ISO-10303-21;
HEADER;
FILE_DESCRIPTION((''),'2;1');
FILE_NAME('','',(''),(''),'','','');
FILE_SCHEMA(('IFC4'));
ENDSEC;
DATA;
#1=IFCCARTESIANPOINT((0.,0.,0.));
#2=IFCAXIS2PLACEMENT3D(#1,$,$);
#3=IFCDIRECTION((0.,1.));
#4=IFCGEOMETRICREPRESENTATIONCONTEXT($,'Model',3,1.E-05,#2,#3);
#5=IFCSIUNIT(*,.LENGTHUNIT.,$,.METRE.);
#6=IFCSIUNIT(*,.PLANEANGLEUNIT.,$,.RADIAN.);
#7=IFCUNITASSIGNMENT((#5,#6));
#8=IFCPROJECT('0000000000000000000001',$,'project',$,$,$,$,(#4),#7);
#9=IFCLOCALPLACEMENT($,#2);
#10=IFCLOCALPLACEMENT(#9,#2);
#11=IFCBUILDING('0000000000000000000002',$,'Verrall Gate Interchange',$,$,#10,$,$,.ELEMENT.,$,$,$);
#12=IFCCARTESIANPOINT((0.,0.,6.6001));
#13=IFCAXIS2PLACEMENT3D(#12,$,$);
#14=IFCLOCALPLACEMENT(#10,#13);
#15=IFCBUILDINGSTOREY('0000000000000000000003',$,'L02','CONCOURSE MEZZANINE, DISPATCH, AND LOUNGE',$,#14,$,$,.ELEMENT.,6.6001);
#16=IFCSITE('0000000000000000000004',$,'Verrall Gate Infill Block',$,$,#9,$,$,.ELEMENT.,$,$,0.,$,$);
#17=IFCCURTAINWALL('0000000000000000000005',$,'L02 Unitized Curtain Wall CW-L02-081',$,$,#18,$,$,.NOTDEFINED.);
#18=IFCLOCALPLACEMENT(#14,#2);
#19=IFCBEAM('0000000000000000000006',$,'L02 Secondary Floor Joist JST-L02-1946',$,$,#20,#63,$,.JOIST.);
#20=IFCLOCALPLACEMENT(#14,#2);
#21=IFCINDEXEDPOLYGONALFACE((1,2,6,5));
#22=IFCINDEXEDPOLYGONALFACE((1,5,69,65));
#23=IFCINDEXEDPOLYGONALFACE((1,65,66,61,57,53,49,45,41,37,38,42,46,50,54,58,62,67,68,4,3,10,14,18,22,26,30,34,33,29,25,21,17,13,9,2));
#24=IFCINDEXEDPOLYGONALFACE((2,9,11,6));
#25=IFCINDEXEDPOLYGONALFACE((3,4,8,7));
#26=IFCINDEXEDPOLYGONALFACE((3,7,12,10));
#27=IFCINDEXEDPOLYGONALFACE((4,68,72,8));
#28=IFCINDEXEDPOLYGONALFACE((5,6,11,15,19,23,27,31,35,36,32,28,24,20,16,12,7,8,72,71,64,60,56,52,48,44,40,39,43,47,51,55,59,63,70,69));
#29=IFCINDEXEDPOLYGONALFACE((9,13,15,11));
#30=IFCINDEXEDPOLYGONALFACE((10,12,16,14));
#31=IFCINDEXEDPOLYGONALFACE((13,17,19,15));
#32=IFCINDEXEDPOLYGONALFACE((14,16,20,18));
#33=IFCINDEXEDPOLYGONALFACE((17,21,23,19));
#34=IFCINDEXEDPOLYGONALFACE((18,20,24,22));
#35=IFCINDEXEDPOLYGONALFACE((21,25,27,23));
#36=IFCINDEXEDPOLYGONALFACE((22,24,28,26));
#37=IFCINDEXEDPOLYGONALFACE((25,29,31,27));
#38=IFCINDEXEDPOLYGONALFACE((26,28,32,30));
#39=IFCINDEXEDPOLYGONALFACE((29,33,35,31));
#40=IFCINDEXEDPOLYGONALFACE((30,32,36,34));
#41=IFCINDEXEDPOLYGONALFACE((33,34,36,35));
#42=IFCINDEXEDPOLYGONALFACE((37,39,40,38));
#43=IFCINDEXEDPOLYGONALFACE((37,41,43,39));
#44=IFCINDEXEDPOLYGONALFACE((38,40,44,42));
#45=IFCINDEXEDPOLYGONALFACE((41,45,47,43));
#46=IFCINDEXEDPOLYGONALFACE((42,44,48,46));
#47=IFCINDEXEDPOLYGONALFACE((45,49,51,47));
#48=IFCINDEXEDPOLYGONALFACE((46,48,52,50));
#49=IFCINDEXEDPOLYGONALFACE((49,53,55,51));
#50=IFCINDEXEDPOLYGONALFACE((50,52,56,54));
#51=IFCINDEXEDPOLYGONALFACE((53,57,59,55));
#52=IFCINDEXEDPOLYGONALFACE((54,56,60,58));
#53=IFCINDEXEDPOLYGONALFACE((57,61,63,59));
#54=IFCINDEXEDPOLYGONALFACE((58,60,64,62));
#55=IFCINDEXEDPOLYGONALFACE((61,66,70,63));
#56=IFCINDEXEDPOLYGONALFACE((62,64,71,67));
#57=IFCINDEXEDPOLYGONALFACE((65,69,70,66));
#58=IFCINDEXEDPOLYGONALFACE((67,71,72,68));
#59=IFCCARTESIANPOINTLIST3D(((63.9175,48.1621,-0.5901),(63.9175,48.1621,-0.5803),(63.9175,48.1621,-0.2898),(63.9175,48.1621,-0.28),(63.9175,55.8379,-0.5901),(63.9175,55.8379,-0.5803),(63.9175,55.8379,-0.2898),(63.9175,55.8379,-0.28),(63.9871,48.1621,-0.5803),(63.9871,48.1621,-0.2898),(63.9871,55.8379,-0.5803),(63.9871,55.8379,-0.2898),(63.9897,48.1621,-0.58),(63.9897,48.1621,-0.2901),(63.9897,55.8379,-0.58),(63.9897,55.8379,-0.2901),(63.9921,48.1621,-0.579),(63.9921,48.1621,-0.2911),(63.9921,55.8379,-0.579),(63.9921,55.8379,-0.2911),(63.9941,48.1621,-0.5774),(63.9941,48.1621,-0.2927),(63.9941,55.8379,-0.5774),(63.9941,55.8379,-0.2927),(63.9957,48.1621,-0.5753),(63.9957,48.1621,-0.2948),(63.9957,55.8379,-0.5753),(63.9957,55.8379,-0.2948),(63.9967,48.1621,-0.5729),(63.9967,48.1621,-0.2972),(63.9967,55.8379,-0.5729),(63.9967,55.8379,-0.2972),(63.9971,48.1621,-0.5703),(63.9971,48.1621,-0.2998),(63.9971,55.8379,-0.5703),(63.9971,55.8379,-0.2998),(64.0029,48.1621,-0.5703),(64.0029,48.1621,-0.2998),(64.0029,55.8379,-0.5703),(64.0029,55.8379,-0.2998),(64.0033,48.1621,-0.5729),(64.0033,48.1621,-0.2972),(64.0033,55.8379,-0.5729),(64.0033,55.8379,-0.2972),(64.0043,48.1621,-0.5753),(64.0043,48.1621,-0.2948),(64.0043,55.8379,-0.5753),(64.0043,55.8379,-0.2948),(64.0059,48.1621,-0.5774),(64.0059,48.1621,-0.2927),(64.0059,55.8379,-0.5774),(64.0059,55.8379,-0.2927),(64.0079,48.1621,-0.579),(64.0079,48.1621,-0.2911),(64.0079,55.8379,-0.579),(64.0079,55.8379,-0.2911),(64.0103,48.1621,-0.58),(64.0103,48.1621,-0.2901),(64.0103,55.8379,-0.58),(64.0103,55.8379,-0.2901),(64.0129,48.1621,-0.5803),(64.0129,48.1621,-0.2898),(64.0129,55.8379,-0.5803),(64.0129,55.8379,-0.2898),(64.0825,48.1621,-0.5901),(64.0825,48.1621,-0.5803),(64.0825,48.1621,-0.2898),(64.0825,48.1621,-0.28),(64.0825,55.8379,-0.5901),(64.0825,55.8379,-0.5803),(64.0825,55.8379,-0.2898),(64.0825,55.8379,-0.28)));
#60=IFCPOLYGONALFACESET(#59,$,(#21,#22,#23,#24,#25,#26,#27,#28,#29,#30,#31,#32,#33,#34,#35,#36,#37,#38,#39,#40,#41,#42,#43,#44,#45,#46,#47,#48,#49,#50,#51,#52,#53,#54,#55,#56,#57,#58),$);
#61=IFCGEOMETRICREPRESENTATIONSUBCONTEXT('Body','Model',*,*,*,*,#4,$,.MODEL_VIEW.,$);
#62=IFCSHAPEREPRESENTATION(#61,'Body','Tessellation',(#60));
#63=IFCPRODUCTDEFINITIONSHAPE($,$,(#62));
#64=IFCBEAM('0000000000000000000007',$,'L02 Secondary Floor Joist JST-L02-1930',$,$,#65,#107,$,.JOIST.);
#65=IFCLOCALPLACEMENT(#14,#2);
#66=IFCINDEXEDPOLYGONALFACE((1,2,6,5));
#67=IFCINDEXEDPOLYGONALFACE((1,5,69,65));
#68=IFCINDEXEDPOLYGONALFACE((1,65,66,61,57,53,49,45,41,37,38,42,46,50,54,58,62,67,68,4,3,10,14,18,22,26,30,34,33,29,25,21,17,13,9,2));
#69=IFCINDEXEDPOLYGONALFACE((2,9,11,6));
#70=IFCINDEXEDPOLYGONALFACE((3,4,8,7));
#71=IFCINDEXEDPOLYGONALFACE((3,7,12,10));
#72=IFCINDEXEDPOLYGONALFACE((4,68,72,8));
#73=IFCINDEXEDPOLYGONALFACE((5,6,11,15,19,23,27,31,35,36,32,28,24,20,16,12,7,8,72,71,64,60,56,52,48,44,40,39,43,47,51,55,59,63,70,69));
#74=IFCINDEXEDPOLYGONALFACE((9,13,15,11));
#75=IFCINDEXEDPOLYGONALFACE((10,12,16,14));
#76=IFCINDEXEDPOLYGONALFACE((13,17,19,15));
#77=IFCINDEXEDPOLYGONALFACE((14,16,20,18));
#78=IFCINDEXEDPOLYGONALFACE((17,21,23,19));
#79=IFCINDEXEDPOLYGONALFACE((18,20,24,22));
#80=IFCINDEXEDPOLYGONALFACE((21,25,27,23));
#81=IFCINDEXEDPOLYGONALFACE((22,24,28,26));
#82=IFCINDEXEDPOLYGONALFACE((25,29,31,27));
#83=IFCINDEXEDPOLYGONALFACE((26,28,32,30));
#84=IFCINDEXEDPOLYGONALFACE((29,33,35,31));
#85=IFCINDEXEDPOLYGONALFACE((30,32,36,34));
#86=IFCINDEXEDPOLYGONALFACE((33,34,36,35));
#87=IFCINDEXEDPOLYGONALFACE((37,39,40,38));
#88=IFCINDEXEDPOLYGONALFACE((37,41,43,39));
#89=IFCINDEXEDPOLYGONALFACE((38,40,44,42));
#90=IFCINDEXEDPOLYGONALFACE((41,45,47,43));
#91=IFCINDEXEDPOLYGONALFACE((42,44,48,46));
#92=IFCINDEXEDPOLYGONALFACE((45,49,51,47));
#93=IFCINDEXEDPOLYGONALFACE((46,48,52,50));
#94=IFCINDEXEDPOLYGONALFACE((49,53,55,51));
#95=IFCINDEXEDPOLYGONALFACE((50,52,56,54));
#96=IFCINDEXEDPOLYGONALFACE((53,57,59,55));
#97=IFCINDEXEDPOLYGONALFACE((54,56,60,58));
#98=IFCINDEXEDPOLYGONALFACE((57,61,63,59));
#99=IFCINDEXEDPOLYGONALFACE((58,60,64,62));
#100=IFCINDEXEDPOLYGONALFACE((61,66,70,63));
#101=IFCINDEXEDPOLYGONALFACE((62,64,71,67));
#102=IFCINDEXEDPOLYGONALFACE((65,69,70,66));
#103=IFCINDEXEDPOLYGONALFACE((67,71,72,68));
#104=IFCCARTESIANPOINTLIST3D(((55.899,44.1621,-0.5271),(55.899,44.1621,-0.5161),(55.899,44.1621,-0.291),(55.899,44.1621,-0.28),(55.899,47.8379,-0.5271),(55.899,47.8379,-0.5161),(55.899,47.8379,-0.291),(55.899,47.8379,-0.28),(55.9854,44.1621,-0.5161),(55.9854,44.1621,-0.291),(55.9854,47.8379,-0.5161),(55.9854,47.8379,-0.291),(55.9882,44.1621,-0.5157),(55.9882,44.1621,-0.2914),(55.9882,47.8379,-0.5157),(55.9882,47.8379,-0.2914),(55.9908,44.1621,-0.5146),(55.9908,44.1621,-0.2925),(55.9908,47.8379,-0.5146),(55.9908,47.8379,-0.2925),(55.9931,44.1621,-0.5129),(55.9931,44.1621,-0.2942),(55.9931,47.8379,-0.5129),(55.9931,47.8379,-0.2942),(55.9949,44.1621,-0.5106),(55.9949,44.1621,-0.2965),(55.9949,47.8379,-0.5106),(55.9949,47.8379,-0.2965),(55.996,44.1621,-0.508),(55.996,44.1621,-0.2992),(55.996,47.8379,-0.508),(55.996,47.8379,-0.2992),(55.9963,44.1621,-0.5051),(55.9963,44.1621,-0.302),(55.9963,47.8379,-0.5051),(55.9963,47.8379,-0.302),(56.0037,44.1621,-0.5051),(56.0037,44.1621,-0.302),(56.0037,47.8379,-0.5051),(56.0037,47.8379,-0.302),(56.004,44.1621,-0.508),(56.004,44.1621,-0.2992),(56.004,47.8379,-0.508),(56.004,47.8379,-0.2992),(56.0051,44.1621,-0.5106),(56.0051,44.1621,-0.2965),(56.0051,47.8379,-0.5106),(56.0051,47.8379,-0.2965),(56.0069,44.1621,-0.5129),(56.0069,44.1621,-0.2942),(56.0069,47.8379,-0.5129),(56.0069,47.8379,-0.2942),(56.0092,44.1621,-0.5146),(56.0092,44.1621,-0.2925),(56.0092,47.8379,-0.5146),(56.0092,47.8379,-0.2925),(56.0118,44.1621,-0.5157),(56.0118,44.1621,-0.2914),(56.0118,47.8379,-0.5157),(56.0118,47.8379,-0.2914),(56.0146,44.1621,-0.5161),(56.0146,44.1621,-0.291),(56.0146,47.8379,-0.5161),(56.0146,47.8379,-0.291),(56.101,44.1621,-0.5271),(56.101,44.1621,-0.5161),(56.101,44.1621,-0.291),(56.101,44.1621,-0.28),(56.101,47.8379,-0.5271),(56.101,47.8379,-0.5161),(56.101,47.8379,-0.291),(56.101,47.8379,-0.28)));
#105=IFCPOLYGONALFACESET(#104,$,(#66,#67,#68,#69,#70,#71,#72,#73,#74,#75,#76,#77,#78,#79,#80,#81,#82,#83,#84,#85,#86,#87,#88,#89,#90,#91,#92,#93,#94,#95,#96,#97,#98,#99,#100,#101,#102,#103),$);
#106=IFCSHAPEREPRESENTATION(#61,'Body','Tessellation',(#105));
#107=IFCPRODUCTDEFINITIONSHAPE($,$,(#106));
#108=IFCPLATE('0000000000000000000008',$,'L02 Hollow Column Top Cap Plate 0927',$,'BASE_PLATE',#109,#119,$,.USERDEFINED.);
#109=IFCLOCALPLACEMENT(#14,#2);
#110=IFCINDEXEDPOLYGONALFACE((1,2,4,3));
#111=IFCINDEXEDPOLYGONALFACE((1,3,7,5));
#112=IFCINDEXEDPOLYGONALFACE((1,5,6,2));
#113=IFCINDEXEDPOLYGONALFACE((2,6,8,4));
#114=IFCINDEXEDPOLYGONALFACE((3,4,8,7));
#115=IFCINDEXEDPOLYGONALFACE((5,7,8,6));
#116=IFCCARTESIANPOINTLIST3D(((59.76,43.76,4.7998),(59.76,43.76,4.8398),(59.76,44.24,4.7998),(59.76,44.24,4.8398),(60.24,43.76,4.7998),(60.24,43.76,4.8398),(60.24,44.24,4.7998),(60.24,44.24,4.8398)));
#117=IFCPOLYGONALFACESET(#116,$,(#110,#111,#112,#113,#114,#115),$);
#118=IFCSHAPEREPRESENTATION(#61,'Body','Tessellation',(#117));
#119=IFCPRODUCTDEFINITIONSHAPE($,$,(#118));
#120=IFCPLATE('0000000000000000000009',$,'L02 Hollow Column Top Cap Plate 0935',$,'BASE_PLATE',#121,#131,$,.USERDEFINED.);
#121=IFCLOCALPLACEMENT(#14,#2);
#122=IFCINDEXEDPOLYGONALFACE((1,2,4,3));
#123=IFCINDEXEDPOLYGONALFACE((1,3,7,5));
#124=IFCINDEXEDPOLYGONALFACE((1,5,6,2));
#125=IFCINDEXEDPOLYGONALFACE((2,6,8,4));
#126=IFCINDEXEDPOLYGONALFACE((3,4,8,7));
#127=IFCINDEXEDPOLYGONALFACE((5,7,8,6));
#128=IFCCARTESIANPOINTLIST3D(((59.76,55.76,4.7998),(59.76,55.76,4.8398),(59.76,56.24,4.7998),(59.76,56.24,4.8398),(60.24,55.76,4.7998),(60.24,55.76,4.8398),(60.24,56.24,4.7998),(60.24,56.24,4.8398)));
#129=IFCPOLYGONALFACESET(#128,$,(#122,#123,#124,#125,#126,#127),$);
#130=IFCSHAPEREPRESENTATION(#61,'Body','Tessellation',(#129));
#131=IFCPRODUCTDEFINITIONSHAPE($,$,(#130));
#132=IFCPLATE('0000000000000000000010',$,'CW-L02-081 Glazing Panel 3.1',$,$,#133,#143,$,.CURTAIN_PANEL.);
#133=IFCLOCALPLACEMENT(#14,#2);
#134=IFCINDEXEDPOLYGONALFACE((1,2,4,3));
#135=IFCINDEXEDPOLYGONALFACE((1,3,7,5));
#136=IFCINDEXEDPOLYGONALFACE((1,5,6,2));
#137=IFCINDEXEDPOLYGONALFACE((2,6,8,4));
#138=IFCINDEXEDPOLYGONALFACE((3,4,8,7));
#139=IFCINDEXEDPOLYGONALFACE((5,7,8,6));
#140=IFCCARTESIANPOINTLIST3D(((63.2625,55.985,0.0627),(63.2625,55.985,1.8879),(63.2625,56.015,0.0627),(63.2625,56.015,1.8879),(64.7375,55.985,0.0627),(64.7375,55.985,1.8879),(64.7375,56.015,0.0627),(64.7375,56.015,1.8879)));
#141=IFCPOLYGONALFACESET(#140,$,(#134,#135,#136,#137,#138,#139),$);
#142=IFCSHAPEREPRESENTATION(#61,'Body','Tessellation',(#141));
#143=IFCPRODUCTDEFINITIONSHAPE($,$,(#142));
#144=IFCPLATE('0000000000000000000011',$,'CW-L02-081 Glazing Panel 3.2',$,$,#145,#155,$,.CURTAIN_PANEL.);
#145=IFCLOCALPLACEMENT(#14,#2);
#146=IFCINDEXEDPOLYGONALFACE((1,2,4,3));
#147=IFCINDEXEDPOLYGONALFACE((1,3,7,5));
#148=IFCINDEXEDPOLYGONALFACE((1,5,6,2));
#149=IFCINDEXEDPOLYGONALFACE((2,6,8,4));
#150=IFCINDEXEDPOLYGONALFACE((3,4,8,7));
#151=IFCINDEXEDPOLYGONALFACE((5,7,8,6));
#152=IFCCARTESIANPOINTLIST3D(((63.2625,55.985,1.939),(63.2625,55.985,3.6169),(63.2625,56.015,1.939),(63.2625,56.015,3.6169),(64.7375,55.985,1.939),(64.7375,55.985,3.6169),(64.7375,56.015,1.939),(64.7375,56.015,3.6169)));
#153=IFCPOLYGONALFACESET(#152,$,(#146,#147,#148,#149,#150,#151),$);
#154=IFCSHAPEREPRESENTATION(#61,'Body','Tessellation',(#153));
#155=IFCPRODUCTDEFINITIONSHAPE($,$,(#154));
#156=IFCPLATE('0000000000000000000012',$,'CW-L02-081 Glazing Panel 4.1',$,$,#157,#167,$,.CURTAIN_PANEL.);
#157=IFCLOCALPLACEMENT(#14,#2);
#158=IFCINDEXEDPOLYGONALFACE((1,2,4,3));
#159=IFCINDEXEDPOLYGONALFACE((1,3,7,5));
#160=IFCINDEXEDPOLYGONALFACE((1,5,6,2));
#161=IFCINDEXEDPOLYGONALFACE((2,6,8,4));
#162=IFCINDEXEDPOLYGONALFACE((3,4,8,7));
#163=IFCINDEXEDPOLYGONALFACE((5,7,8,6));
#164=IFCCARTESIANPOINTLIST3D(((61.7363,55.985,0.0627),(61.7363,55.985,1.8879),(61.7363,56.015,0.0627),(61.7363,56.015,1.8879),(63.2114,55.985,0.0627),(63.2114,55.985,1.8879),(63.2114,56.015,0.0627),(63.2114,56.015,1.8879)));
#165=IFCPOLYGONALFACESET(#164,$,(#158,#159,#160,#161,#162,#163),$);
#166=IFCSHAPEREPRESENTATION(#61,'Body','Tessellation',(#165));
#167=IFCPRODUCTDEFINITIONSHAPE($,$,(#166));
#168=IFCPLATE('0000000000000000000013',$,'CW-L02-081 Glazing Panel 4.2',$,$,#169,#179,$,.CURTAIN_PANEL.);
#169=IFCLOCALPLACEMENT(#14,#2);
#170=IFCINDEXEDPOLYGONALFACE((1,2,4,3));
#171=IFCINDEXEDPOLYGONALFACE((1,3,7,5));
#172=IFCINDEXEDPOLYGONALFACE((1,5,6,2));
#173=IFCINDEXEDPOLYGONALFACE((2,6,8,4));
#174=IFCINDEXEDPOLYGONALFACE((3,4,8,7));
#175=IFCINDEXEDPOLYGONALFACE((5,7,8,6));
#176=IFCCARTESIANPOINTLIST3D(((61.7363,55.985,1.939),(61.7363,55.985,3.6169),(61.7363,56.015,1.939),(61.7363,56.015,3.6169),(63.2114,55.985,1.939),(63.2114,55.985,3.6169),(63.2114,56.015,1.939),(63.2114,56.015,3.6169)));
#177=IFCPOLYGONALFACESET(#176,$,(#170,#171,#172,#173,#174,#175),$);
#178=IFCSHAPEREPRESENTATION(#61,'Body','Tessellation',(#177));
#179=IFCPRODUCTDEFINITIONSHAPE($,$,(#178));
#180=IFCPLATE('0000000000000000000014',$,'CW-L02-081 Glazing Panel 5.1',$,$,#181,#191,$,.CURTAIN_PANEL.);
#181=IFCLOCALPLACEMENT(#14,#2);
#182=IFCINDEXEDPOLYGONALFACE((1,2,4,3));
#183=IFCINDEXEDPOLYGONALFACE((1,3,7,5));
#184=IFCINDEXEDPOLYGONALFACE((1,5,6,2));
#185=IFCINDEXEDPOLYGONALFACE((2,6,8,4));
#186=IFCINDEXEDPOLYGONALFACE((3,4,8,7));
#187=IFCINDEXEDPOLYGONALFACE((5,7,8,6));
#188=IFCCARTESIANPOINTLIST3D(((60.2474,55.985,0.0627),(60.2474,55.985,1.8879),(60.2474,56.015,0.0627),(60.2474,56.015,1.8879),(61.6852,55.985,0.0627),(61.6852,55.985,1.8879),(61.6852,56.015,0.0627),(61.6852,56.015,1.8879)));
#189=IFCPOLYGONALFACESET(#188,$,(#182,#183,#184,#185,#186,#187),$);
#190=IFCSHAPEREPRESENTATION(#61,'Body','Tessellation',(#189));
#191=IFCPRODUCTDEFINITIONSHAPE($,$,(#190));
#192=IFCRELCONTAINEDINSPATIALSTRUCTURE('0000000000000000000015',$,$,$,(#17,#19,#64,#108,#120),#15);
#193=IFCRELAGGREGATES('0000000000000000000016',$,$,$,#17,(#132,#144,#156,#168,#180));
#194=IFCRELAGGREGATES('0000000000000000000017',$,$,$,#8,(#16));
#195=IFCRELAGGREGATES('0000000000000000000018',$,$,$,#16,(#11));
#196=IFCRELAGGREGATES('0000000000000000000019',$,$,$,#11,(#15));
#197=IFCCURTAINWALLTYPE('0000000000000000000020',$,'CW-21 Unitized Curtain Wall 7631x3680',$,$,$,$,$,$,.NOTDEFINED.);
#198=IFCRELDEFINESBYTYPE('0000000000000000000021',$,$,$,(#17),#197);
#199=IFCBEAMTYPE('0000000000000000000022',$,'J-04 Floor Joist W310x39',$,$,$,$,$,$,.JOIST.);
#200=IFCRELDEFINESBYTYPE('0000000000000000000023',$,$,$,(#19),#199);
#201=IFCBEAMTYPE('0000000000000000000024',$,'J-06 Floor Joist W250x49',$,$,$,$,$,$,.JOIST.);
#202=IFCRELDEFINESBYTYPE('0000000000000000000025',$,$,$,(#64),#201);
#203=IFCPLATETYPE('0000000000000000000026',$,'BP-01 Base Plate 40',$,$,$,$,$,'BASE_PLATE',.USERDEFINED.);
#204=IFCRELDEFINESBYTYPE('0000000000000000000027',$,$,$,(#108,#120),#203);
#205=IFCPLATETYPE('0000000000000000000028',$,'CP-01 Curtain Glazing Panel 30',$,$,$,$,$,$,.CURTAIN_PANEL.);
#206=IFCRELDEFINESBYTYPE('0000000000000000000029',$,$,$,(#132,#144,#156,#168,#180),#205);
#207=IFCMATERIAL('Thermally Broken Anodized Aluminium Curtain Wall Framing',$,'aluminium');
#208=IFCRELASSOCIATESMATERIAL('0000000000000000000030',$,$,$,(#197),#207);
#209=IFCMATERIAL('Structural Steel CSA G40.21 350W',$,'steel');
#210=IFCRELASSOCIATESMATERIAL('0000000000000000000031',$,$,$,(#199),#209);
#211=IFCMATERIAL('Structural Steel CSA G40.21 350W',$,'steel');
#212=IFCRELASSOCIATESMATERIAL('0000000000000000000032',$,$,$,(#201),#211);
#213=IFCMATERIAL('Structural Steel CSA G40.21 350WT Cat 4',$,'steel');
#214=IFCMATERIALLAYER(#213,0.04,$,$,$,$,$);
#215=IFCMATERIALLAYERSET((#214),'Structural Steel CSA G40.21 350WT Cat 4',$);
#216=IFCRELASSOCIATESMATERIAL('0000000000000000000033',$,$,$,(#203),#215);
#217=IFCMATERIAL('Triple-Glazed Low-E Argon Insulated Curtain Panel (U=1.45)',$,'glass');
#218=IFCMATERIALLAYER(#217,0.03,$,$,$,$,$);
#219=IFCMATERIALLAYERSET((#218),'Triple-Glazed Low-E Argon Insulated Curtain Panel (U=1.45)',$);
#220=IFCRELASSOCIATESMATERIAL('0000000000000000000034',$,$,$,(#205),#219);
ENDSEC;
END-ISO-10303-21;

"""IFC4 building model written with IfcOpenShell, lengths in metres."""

from ifc_helpers import new_model, si_unit, direction, frame, origin, origin_2d, place, context, subcontext, project, spatial, rectangle, i_section, extrude, material, layer, layer_set, material_profile, profile_set, type_object, element, aggregate, save


model = new_model("IFC4")

# Units and contexts
model_context = context("Model", 3, precision=1e-05, world=origin(), true_north=direction((0.0, 1.0)))
body_context = subcontext(model_context, "Body", "Model", "MODEL_VIEW")
ifc_project = project(units=[si_unit("LENGTHUNIT", "METRE"), si_unit("PLANEANGLEUNIT", "RADIAN")], contexts=[model_context])

# Site, building, storey
site_placement = place(None, origin())
site = spatial("IfcSite", under=ifc_project, at=site_placement, Name="Verrall Gate Infill Block", CompositionType="ELEMENT", RefElevation=0.0)
building_placement = place(site_placement, origin())
building = spatial("IfcBuilding", under=site, at=building_placement, Name="Verrall Gate Interchange", CompositionType="ELEMENT")
storey_placement = place(building_placement, frame((0.0, 0.0, 6.6001)))
storey = spatial("IfcBuildingStorey", under=building, at=storey_placement, Name="L02", Description="CONCOURSE MEZZANINE, DISPATCH, AND LOUNGE", CompositionType="ELEMENT", Elevation=6.6001)

# Curtain wall
ifc_material_1 = material(Name="Thermally Broken Anodized Aluminium Curtain Wall Framing", Category="aluminium")
curtain_wall_type = type_object("IfcCurtainWallType", Name="CW-21 Unitized Curtain Wall 7631x3680", PredefinedType="NOTDEFINED", material=ifc_material_1)
curtain_wall_1_placement = place(storey_placement, origin())
curtain_wall_1 = element("IfcCurtainWall", 1, at=curtain_wall_1_placement, inside=storey, type_object=curtain_wall_type, Name="L02 Unitized Curtain Wall CW-L02-081", PredefinedType="NOTDEFINED")

# Beams
ifc_material_2 = material(Name="Structural Steel CSA G40.21 350W", Category="steel")
ifc_material_profile_1 = material_profile(ifc_material_2, i_section(OverallWidth=0.165, OverallDepth=0.3101, WebThickness=0.0059, FlangeThickness=0.0098, FilletRadius=0.01, at=origin_2d()), Name="W310x39")
ifc_profile_set_1 = profile_set([ifc_material_profile_1], Name="Structural Steel CSA G40.21 350W")
beam_type_1 = type_object("IfcBeamType", Name="J-04 Floor Joist W310x39", PredefinedType="JOIST", material=ifc_profile_set_1)
beam_1_placement = place(storey_placement, frame((64.0, 48.1621, -0.4351), z_axis=(0.0, 1.0, 0.0), x_axis=(-1.0, 0.0, 0.0)))
element("IfcBeam", 2, at=beam_1_placement, inside=storey, type_object=beam_type_1, Name="L02 Secondary Floor Joist JST-L02-1946", PredefinedType="JOIST", context=body_context, shape_type="SweptSolid", body=[
    extrude(i_section(OverallWidth=0.165, OverallDepth=0.3101, WebThickness=0.0059, FlangeThickness=0.0098, FilletRadius=0.01, at=origin_2d()), origin(), (0.0, 0.0, 1.0), 7.6758),
])
ifc_material_3 = material(Name="Structural Steel CSA G40.21 350W", Category="steel")
ifc_material_profile_2 = material_profile(ifc_material_3, i_section(OverallWidth=0.2019, OverallDepth=0.2471, WebThickness=0.0073, FlangeThickness=0.011, FilletRadius=0.011, at=origin_2d()), Name="W250x49")
ifc_profile_set_2 = profile_set([ifc_material_profile_2], Name="Structural Steel CSA G40.21 350W")
beam_type_2 = type_object("IfcBeamType", Name="J-06 Floor Joist W250x49", PredefinedType="JOIST", material=ifc_profile_set_2)
beam_2_placement = place(storey_placement, frame((56.0, 44.1621, -0.4036), z_axis=(0.0, 1.0, 0.0), x_axis=(-1.0, 0.0, 0.0)))
element("IfcBeam", 3, at=beam_2_placement, inside=storey, type_object=beam_type_2, Name="L02 Secondary Floor Joist JST-L02-1930", PredefinedType="JOIST", context=body_context, shape_type="SweptSolid", body=[
    extrude(i_section(OverallWidth=0.2019, OverallDepth=0.2471, WebThickness=0.0073, FlangeThickness=0.011, FilletRadius=0.011, at=origin_2d()), origin(), (0.0, 0.0, 1.0), 3.6758),
])

# Plates
ifc_material_4 = material(Name="Structural Steel CSA G40.21 350WT Cat 4", Category="steel")
ifc_layer_1 = layer(ifc_material_4, 0.04)
ifc_layer_set_1 = layer_set([ifc_layer_1], Name="Structural Steel CSA G40.21 350WT Cat 4")
plate_type_1 = type_object("IfcPlateType", Name="BP-01 Base Plate 40", ElementType="BASE_PLATE", PredefinedType="USERDEFINED", material=ifc_layer_set_1)
for number, where, z_axis, x_axis, name in (
    (4, (60.0, 44.0, 4.7998), (0.0, 0.0, 1.0), (1.0, 0.0, 0.0), "L02 Hollow Column Top Cap Plate 0927"),
    (5, (60.0, 56.0, 4.7998), (0.0, 0.0, 1.0), (1.0, 0.0, 0.0), "L02 Hollow Column Top Cap Plate 0935"),
):
    element("IfcPlate", number, at=place(storey_placement, frame(where, z_axis=z_axis, x_axis=x_axis)), inside=storey, type_object=plate_type_1, Name=name, ObjectType="BASE_PLATE", PredefinedType="USERDEFINED", context=body_context, shape_type="SweptSolid", body=[
        extrude(rectangle(XDim=0.48, YDim=0.48, at=origin_2d()), origin(), (0.0, 0.0, 1.0), 0.04),
    ])

# Plates
ifc_material_5 = material(Name="Triple-Glazed Low-E Argon Insulated Curtain Panel (U=1.45)", Category="glass")
ifc_layer_2 = layer(ifc_material_5, 0.03)
ifc_layer_set_2 = layer_set([ifc_layer_2], Name="Triple-Glazed Low-E Argon Insulated Curtain Panel (U=1.45)")
plate_type_2 = type_object("IfcPlateType", Name="CP-01 Curtain Glazing Panel 30", PredefinedType="CURTAIN_PANEL", material=ifc_layer_set_2)
plate_1_placement = place(storey_placement, frame((64.0, 56.0, 0.0627), z_axis=(0.0, 0.0, 1.0), x_axis=(-1.0, 0.0, 0.0)))
plate_1 = element("IfcPlate", 6, at=plate_1_placement, type_object=plate_type_2, Name="CW-L02-081 Glazing Panel 3.1", PredefinedType="CURTAIN_PANEL", context=body_context, shape_type="SweptSolid", body=[
    extrude(rectangle(XDim=1.4751, YDim=0.03, at=origin_2d()), origin(), (0.0, 0.0, 1.0), 1.8252),
])
plate_2_placement = place(storey_placement, frame((64.0, 56.0, 1.939), z_axis=(0.0, 0.0, 1.0), x_axis=(-1.0, 0.0, 0.0)))
plate_2 = element("IfcPlate", 7, at=plate_2_placement, type_object=plate_type_2, Name="CW-L02-081 Glazing Panel 3.2", PredefinedType="CURTAIN_PANEL", context=body_context, shape_type="SweptSolid", body=[
    extrude(rectangle(XDim=1.4751, YDim=0.03, at=origin_2d()), origin(), (0.0, 0.0, 1.0), 1.678),
])
plate_3_placement = place(storey_placement, frame((62.4739, 56.0, 0.0627), z_axis=(0.0, 0.0, 1.0), x_axis=(-1.0, 0.0, 0.0)))
plate_3 = element("IfcPlate", 8, at=plate_3_placement, type_object=plate_type_2, Name="CW-L02-081 Glazing Panel 4.1", PredefinedType="CURTAIN_PANEL", context=body_context, shape_type="SweptSolid", body=[
    extrude(rectangle(XDim=1.4751, YDim=0.03, at=origin_2d()), origin(), (0.0, 0.0, 1.0), 1.8252),
])
plate_4_placement = place(storey_placement, frame((62.4739, 56.0, 1.939), z_axis=(0.0, 0.0, 1.0), x_axis=(-1.0, 0.0, 0.0)))
plate_4 = element("IfcPlate", 9, at=plate_4_placement, type_object=plate_type_2, Name="CW-L02-081 Glazing Panel 4.2", PredefinedType="CURTAIN_PANEL", context=body_context, shape_type="SweptSolid", body=[
    extrude(rectangle(XDim=1.4751, YDim=0.03, at=origin_2d()), origin(), (0.0, 0.0, 1.0), 1.678),
])
plate_5_placement = place(storey_placement, frame((60.9663, 56.0, 0.0627), z_axis=(0.0, 0.0, 1.0), x_axis=(-1.0, 0.0, 0.0)))
plate_5 = element("IfcPlate", 10, at=plate_5_placement, type_object=plate_type_2, Name="CW-L02-081 Glazing Panel 5.1", PredefinedType="CURTAIN_PANEL", context=body_context, shape_type="SweptSolid", body=[
    extrude(rectangle(XDim=1.4377, YDim=0.03, at=origin_2d()), origin(), (0.0, 0.0, 1.0), 1.8252),
])
aggregate(curtain_wall_1, [plate_1, plate_2, plate_3, plate_4, plate_5])

save(model, "model.ifc")
